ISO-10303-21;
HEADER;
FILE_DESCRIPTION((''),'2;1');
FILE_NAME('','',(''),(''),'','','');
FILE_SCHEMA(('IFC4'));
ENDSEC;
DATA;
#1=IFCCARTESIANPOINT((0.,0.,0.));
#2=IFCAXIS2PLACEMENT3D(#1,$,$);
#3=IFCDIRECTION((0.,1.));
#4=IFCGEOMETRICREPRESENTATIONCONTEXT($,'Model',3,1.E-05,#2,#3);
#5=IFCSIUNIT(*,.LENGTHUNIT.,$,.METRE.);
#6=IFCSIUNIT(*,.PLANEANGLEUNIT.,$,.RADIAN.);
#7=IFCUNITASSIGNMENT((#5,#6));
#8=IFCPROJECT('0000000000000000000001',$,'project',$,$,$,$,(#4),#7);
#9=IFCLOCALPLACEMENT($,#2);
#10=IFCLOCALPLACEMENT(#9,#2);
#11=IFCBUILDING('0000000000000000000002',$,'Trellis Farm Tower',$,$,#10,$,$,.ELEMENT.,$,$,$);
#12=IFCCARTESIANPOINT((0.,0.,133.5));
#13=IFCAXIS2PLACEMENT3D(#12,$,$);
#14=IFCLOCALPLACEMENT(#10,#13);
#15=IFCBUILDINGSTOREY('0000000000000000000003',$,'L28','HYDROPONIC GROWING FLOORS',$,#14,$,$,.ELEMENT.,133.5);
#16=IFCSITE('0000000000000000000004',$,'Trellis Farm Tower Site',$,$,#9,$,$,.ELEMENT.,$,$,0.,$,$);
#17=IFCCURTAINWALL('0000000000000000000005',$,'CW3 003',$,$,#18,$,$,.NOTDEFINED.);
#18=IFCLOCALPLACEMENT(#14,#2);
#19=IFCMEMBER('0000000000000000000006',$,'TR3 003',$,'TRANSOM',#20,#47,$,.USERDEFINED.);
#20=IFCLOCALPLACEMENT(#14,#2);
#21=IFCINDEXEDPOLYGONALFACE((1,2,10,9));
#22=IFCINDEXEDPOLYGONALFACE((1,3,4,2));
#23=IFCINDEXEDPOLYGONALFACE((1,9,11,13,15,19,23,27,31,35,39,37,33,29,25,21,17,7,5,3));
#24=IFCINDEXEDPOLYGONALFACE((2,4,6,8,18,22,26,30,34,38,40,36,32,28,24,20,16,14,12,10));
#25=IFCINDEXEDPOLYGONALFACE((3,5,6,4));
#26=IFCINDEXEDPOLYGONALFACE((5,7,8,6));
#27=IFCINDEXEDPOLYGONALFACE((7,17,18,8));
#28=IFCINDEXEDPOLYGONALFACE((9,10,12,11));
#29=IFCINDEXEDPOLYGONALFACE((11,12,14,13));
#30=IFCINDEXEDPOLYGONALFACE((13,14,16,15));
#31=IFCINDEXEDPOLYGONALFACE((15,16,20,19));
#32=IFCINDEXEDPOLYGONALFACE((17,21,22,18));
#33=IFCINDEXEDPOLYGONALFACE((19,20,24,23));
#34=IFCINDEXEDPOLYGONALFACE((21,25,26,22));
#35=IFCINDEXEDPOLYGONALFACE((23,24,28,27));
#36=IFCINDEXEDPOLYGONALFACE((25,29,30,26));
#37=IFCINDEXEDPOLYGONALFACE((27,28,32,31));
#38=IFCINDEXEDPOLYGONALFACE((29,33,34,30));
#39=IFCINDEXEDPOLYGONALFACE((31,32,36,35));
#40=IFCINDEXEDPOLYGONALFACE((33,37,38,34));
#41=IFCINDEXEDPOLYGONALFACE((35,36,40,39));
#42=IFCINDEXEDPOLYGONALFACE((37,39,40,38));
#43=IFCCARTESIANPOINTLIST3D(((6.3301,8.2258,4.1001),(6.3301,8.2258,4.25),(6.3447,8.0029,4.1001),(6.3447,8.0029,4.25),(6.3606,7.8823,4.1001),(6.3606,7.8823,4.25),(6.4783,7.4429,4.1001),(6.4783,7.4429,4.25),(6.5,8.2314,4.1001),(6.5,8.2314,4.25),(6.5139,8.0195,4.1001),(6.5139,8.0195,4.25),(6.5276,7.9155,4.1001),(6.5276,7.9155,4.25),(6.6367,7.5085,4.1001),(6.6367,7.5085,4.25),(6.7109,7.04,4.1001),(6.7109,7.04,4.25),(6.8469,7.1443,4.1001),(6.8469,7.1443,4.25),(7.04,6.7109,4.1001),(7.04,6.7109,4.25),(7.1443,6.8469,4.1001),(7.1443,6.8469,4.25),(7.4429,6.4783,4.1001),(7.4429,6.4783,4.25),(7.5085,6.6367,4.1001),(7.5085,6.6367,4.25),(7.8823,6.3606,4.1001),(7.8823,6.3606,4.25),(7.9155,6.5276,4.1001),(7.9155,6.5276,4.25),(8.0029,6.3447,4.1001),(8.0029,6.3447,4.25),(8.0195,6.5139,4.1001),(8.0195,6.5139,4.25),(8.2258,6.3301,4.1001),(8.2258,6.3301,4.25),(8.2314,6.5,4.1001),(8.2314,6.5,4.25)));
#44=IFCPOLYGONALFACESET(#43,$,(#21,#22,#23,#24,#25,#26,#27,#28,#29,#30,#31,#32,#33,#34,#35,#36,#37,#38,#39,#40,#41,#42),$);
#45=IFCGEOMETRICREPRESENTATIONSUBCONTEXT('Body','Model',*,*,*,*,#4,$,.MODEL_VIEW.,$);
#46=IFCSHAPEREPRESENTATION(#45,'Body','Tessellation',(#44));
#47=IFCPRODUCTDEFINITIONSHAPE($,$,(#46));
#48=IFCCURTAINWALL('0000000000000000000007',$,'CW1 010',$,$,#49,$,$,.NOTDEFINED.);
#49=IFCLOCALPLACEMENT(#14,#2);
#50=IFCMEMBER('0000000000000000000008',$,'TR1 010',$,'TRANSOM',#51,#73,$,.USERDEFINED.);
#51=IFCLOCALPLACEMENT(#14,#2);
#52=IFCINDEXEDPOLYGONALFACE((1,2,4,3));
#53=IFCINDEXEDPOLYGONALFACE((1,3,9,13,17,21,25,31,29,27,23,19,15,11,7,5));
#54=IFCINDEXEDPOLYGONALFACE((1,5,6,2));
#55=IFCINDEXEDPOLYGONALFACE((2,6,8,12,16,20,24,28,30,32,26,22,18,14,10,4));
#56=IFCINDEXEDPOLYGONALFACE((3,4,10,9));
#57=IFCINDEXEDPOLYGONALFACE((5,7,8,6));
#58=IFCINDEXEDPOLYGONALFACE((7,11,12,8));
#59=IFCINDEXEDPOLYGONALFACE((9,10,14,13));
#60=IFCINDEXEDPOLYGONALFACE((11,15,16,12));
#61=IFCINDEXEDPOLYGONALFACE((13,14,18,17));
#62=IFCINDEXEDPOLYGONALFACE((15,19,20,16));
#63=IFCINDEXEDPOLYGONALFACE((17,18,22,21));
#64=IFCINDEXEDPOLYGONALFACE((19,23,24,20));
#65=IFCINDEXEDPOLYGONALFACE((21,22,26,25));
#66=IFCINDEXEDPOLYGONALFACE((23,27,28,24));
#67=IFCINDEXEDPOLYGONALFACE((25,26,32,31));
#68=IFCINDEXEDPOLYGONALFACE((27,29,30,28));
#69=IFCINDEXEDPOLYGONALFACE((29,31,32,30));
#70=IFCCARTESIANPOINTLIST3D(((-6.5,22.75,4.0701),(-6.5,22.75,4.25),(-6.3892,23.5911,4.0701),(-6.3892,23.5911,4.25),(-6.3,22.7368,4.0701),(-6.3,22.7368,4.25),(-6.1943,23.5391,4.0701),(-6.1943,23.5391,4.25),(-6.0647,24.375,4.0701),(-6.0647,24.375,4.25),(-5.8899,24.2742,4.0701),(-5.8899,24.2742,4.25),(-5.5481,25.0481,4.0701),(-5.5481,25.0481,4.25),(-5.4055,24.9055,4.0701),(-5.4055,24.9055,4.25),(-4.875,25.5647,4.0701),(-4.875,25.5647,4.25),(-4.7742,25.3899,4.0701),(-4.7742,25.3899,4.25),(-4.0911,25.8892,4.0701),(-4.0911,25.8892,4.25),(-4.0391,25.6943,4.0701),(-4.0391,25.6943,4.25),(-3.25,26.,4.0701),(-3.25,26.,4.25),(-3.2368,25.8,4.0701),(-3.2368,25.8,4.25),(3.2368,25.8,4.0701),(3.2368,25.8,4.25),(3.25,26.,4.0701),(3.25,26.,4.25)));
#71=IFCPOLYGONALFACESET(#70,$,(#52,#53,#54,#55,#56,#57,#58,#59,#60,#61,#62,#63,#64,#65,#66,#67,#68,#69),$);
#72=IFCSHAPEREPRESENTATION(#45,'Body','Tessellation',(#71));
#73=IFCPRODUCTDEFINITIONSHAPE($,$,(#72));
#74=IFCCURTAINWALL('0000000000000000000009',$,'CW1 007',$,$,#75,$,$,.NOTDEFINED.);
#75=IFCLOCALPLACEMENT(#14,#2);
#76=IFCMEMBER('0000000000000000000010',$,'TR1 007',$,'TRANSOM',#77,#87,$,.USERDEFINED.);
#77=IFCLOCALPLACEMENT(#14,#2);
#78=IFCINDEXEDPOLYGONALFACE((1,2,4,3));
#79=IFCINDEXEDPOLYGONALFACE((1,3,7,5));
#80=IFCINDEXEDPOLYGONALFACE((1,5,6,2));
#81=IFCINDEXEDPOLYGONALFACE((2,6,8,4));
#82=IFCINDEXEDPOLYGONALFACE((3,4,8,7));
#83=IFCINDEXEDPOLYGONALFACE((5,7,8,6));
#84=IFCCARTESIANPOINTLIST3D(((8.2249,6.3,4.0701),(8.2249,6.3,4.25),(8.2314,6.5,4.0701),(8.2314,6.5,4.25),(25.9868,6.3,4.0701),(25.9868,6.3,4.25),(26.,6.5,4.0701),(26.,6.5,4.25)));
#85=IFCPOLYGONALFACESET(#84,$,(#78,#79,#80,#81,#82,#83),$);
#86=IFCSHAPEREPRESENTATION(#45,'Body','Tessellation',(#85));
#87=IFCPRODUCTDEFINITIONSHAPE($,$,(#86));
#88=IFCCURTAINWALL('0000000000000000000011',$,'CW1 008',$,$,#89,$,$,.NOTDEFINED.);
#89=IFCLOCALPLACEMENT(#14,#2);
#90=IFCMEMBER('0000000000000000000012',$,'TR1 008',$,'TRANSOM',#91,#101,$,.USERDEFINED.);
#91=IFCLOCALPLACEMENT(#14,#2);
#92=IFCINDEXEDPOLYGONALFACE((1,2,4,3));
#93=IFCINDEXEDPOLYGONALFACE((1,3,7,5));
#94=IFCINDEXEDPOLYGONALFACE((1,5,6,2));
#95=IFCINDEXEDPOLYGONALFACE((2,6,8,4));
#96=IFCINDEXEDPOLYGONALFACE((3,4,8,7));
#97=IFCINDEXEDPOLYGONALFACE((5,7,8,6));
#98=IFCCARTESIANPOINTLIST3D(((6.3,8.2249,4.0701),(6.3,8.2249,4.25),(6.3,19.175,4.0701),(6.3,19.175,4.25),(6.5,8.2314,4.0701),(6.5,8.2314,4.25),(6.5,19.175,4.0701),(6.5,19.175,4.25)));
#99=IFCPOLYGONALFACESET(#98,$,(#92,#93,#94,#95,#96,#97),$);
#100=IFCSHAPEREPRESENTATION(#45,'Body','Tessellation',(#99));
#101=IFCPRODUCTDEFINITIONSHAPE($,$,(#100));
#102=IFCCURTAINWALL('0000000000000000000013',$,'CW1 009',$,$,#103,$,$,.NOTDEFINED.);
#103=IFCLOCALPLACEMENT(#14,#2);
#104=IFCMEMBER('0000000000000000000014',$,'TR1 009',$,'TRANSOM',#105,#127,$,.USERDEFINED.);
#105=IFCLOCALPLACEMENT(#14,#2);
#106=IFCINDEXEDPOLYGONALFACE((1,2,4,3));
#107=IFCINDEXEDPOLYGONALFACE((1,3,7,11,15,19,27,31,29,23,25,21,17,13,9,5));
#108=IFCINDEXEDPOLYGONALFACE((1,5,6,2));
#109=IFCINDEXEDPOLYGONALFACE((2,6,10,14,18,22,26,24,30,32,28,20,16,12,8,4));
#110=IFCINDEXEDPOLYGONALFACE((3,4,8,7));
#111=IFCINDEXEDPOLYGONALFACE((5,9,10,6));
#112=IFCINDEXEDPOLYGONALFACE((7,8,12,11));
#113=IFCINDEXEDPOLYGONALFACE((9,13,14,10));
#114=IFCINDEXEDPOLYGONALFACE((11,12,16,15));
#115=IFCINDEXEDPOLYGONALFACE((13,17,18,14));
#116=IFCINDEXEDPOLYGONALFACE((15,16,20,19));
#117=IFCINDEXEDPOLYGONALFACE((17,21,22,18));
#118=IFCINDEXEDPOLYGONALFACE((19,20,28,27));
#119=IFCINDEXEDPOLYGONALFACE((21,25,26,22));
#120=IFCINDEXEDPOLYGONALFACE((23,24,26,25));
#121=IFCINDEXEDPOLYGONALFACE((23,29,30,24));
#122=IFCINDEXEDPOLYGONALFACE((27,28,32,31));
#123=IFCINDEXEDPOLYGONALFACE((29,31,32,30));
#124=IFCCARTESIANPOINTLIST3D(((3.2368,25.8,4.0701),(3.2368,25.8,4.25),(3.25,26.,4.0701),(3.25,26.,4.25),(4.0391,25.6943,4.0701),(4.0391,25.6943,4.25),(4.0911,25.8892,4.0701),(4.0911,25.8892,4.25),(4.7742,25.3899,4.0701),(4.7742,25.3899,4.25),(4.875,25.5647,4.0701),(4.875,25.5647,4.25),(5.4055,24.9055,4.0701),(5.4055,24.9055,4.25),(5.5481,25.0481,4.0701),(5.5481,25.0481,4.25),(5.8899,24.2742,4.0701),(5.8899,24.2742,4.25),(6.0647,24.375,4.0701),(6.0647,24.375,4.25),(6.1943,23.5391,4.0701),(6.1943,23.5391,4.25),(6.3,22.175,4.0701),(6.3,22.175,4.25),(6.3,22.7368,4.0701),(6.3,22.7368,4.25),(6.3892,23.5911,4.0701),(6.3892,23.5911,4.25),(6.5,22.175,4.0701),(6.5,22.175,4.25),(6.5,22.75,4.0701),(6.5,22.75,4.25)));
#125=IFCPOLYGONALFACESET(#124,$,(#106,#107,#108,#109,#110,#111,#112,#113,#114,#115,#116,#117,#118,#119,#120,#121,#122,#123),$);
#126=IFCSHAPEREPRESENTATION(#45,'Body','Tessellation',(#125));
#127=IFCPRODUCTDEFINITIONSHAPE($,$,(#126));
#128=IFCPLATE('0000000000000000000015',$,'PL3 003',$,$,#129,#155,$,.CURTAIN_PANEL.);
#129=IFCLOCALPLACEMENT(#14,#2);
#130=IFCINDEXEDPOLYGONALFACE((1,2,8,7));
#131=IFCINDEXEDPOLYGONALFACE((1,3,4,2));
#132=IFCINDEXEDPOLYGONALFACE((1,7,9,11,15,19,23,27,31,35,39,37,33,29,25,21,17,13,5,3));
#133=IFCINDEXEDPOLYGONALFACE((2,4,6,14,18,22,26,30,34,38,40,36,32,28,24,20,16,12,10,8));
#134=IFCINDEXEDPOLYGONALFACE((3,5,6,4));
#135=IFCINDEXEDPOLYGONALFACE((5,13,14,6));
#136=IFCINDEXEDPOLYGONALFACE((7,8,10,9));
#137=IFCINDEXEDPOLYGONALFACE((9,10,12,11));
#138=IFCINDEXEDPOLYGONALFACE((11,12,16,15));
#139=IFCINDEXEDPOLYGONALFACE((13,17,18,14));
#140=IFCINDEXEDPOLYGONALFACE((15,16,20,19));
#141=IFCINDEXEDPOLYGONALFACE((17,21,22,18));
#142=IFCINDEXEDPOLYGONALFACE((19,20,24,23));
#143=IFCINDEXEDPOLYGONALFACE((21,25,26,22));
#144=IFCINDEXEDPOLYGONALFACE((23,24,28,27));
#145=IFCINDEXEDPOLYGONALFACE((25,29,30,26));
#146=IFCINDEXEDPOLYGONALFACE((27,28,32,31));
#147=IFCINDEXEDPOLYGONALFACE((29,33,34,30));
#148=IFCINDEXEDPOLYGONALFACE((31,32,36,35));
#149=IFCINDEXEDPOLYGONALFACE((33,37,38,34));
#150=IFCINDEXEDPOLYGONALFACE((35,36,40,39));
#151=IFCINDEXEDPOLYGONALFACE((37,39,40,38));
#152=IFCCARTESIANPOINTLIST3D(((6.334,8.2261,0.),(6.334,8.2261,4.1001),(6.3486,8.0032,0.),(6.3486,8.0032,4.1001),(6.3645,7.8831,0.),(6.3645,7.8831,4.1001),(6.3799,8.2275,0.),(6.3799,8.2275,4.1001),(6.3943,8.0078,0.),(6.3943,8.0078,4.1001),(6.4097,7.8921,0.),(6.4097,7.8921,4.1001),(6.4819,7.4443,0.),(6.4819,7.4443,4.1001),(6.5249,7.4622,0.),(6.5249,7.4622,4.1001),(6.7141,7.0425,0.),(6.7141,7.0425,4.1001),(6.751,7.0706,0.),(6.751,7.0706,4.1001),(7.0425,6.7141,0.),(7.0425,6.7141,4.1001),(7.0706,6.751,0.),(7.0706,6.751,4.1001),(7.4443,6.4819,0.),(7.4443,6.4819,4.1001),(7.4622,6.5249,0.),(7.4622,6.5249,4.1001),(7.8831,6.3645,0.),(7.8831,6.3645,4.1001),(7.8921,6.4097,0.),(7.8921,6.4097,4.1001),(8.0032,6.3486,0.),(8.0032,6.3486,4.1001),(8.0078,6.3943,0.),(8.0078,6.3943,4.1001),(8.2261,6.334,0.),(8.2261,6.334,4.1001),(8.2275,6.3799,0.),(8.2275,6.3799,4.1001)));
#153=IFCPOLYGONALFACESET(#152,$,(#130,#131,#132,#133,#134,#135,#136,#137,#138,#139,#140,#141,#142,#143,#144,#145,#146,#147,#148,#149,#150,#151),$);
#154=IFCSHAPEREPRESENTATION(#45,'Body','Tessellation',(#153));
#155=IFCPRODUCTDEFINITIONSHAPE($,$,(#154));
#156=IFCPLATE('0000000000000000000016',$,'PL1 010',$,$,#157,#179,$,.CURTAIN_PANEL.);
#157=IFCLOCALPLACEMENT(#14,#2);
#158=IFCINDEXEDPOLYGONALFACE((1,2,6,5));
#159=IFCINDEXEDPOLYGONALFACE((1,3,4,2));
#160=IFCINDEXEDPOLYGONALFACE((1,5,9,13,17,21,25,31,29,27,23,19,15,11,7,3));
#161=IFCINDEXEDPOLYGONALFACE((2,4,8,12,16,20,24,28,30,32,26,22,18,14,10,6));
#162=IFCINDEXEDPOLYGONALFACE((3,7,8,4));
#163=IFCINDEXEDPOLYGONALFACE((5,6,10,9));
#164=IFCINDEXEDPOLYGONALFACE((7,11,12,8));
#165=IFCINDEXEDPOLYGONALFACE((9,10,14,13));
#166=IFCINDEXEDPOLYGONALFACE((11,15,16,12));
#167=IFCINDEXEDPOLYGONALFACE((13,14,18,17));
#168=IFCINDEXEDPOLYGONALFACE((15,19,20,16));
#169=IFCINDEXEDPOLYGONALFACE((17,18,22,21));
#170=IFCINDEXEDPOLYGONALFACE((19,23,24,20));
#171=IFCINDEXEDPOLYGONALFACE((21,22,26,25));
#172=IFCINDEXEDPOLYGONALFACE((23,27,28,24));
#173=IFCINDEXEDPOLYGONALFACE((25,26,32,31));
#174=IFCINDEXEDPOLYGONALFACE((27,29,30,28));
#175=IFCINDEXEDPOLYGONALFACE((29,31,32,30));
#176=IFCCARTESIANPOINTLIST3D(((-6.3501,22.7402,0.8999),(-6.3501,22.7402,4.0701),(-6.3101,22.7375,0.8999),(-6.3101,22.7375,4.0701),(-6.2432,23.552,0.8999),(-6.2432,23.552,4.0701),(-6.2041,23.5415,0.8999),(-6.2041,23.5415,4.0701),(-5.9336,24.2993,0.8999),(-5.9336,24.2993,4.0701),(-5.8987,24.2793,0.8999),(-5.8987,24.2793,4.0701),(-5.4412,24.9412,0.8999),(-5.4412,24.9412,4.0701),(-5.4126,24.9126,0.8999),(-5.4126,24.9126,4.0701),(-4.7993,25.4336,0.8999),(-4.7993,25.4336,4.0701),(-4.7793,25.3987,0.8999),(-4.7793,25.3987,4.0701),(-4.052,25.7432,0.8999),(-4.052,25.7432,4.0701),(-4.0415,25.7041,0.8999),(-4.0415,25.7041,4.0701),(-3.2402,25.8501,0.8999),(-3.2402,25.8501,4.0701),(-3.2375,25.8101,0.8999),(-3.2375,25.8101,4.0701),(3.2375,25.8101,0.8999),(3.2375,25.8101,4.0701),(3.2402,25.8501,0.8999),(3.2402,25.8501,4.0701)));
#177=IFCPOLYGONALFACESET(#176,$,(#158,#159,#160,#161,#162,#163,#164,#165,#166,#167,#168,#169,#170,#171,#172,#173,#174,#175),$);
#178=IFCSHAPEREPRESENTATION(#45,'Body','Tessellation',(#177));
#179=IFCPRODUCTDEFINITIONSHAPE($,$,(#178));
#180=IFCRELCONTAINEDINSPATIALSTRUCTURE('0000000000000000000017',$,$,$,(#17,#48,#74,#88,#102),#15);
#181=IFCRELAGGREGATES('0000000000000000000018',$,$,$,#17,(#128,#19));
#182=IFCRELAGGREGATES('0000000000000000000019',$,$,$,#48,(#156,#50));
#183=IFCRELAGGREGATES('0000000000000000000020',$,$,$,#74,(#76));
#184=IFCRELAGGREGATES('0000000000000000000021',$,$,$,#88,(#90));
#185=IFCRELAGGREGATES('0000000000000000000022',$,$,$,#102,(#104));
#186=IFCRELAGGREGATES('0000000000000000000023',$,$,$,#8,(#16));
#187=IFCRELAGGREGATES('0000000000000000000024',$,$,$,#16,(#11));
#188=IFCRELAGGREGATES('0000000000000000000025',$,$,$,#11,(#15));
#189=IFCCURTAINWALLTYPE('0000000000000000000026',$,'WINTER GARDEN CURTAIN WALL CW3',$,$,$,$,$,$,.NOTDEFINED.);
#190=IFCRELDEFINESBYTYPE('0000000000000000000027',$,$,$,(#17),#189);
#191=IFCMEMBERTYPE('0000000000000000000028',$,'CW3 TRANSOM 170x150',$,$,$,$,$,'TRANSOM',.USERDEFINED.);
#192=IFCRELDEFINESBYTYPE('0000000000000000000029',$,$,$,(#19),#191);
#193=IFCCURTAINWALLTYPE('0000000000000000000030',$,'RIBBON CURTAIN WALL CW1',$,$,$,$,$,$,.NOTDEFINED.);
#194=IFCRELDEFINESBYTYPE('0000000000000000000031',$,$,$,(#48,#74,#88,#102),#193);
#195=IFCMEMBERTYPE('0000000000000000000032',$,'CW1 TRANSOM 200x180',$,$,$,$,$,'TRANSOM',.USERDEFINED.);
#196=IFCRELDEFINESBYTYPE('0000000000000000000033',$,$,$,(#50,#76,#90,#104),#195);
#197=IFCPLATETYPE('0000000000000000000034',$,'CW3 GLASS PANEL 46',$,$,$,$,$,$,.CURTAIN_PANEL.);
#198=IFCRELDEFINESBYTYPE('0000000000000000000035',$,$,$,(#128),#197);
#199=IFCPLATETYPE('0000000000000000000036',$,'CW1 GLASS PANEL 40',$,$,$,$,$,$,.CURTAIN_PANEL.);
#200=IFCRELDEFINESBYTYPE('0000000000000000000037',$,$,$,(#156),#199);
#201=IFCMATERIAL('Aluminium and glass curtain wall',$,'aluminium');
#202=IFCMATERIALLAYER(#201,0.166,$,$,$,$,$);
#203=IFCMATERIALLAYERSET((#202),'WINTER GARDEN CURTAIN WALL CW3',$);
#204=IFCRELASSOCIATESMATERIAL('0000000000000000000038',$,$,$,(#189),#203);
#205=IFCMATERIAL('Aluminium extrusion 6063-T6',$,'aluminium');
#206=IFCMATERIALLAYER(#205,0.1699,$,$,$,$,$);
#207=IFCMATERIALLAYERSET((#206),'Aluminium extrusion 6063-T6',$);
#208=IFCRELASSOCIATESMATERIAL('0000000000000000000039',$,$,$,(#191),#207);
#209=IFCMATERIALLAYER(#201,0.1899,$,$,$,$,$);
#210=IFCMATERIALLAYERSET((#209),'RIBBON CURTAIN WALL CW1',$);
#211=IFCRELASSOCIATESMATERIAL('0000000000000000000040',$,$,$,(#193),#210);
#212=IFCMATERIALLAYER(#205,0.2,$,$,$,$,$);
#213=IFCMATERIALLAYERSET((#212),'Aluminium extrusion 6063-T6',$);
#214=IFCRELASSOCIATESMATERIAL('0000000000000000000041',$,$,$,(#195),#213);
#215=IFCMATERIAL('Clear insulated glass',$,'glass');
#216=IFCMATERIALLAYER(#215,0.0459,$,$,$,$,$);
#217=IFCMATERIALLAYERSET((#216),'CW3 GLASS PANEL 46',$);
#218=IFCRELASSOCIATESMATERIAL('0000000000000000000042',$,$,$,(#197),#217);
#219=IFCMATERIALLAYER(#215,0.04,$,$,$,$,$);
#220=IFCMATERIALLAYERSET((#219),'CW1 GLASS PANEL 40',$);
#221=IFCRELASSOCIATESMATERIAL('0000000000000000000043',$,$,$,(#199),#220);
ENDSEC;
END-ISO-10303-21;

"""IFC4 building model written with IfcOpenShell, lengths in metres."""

from ifc_helpers import new_model, si_unit, direction, frame, origin, place, context, subcontext, project, spatial, polyline, outline, extrude, source, transform, mapped, material, layer, layer_set, type_object, element, aggregate, save


model = new_model("IFC4")

# Units and contexts
model_context = context("Model", 3, precision=1e-05, world=origin(), true_north=direction((0.0, 1.0)))
body_context = subcontext(model_context, "Body", "Model", "MODEL_VIEW")
ifc_project = project(units=[si_unit("LENGTHUNIT", "METRE"), si_unit("PLANEANGLEUNIT", "RADIAN")], contexts=[model_context])

# Site, building, storey
site_placement = place(None, origin())
site = spatial("IfcSite", under=ifc_project, at=site_placement, Name="Trellis Farm Tower Site", CompositionType="ELEMENT", RefElevation=0.0)
building_placement = place(site_placement, origin())
building = spatial("IfcBuilding", under=site, at=building_placement, Name="Trellis Farm Tower", CompositionType="ELEMENT")
storey_placement = place(building_placement, frame((0.0, 0.0, 133.5)))
storey = spatial("IfcBuildingStorey", under=building, at=storey_placement, Name="L28", Description="HYDROPONIC GROWING FLOORS", CompositionType="ELEMENT", Elevation=133.5)

# Curtain walls, members
ifc_material_1 = material(Name="Aluminium and glass curtain wall", Category="aluminium")
ifc_layer_1 = layer(ifc_material_1, 0.166)
ifc_layer_set_1 = layer_set([ifc_layer_1], Name="WINTER GARDEN CURTAIN WALL CW3")
curtain_wall_type_1 = type_object("IfcCurtainWallType", Name="WINTER GARDEN CURTAIN WALL CW3", PredefinedType="NOTDEFINED", material=ifc_layer_set_1)
placement_1 = place(storey_placement, origin())
curtain_wall_1 = element("IfcCurtainWall", 1, at=placement_1, inside=storey, type_object=curtain_wall_type_1, Name="CW3 003", PredefinedType="NOTDEFINED")
ifc_material_2 = material(Name="Aluminium extrusion 6063-T6", Category="aluminium")
ifc_layer_2 = layer(ifc_material_2, 0.1699)
ifc_layer_set_2 = layer_set([ifc_layer_2], Name="Aluminium extrusion 6063-T6")
member_type_1 = type_object("IfcMemberType", Name="CW3 TRANSOM 170x150", ElementType="TRANSOM", PredefinedType="USERDEFINED", material=ifc_layer_set_2)
shared_shape_1 = source(origin(), body_context, "Body", "SweptSolid", [
    extrude(outline(polyline([(8.2314, 6.5), (8.0195, 6.5139), (7.9155, 6.5276), (7.5085, 6.6367), (7.1443, 6.8469), (6.8469, 7.1443), (6.6367, 7.5085), (6.5276, 7.9155), (6.5139, 8.0195), (6.5, 8.2314), (6.3301, 8.2258), (6.3447, 8.0029), (6.3606, 7.8823), (6.4783, 7.4429), (6.7109, 7.04), (7.04, 6.7109), (7.4429, 6.4783), (7.8823, 6.3606), (8.0029, 6.3447), (8.2258, 6.3301), (8.2314, 6.5)])), origin(), (0.0, 0.0, 1.0), 0.1499),
])
member_1_placement = place(storey_placement, frame((0.0, 0.0, 4.1001)))
member_1 = element("IfcMember", 2, at=member_1_placement, type_object=member_type_1, Name="TR3 003", ObjectType="TRANSOM", PredefinedType="USERDEFINED", context=body_context, shape_type="MappedRepresentation", body=[
    mapped(shared_shape_1, transform((0.0, 0.0, 0.0))),
])
ifc_layer_3 = layer(ifc_material_1, 0.1899)
ifc_layer_set_3 = layer_set([ifc_layer_3], Name="RIBBON CURTAIN WALL CW1")
curtain_wall_type_2 = type_object("IfcCurtainWallType", Name="RIBBON CURTAIN WALL CW1", PredefinedType="NOTDEFINED", material=ifc_layer_set_3)
curtain_wall_2 = element("IfcCurtainWall", 3, at=placement_1, inside=storey, type_object=curtain_wall_type_2, Name="CW1 010", PredefinedType="NOTDEFINED")
ifc_layer_4 = layer(ifc_material_2, 0.2)
ifc_layer_set_4 = layer_set([ifc_layer_4], Name="Aluminium extrusion 6063-T6")
member_type_2 = type_object("IfcMemberType", Name="CW1 TRANSOM 200x180", ElementType="TRANSOM", PredefinedType="USERDEFINED", material=ifc_layer_set_4)
shared_shape_2 = source(origin(), body_context, "Body", "SweptSolid", [
    extrude(outline(polyline([(3.25, 26.0), (-3.25, 26.0), (-4.0911, 25.8892), (-4.875, 25.5647), (-5.5481, 25.0481), (-6.0647, 24.375), (-6.3892, 23.5911), (-6.5, 22.75), (-6.3, 22.7368), (-6.1943, 23.5391), (-5.8899, 24.2742), (-5.4055, 24.9055), (-4.7742, 25.3899), (-4.0391, 25.6943), (-3.2368, 25.8), (3.2368, 25.8), (3.25, 26.0)])), origin(), (0.0, 0.0, 1.0), 0.1799),
])
placement_2 = place(storey_placement, frame((0.0, 0.0, 4.0701)))
member_2 = element("IfcMember", 4, at=placement_2, type_object=member_type_2, Name="TR1 010", ObjectType="TRANSOM", PredefinedType="USERDEFINED", context=body_context, shape_type="MappedRepresentation", body=[
    mapped(shared_shape_2, transform((0.0, 0.0, 0.0))),
])
curtain_wall_3 = element("IfcCurtainWall", 5, at=placement_1, inside=storey, type_object=curtain_wall_type_2, Name="CW1 007", PredefinedType="NOTDEFINED")
shared_shape_3 = source(origin(), body_context, "Body", "SweptSolid", [
    extrude(outline(polyline([(26.0, 6.5), (8.2314, 6.5), (8.2249, 6.3), (25.9868, 6.3), (26.0, 6.5)])), origin(), (0.0, 0.0, 1.0), 0.1799),
])
member_3 = element("IfcMember", 6, at=placement_2, type_object=member_type_2, Name="TR1 007", ObjectType="TRANSOM", PredefinedType="USERDEFINED", context=body_context, shape_type="MappedRepresentation", body=[
    mapped(shared_shape_3, transform((0.0, 0.0, 0.0))),
])
curtain_wall_4 = element("IfcCurtainWall", 7, at=placement_1, inside=storey, type_object=curtain_wall_type_2, Name="CW1 008", PredefinedType="NOTDEFINED")
shared_shape_4 = source(origin(), body_context, "Body", "SweptSolid", [
    extrude(outline(polyline([(6.5, 8.2314), (6.5, 19.175), (6.3, 19.175), (6.3, 8.2249), (6.5, 8.2314)])), origin(), (0.0, 0.0, 1.0), 0.1799),
])
member_4 = element("IfcMember", 8, at=placement_2, type_object=member_type_2, Name="TR1 008", ObjectType="TRANSOM", PredefinedType="USERDEFINED", context=body_context, shape_type="MappedRepresentation", body=[
    mapped(shared_shape_4, transform((0.0, 0.0, 0.0))),
])
curtain_wall_5 = element("IfcCurtainWall", 9, at=placement_1, inside=storey, type_object=curtain_wall_type_2, Name="CW1 009", PredefinedType="NOTDEFINED")
shared_shape_5 = source(origin(), body_context, "Body", "SweptSolid", [
    extrude(outline(polyline([(6.5, 22.175), (6.5, 22.75), (6.3892, 23.5911), (6.0647, 24.375), (5.5481, 25.0481), (4.875, 25.5647), (4.0911, 25.8892), (3.25, 26.0), (3.2368, 25.8), (4.0391, 25.6943), (4.7742, 25.3899), (5.4055, 24.9055), (5.8899, 24.2742), (6.1943, 23.5391), (6.3, 22.7368), (6.3, 22.175), (6.5, 22.175)])), origin(), (0.0, 0.0, 1.0), 0.1799),
])
member_5 = element("IfcMember", 10, at=placement_2, type_object=member_type_2, Name="TR1 009", ObjectType="TRANSOM", PredefinedType="USERDEFINED", context=body_context, shape_type="MappedRepresentation", body=[
    mapped(shared_shape_5, transform((0.0, 0.0, 0.0))),
])

# Plates
ifc_material_3 = material(Name="Clear insulated glass", Category="glass")
ifc_layer_5 = layer(ifc_material_3, 0.0459)
ifc_layer_set_5 = layer_set([ifc_layer_5], Name="CW3 GLASS PANEL 46")
plate_type_1 = type_object("IfcPlateType", Name="CW3 GLASS PANEL 46", PredefinedType="CURTAIN_PANEL", material=ifc_layer_set_5)
shared_shape_6 = source(origin(), body_context, "Body", "SweptSolid", [
    extrude(outline(polyline([(8.2275, 6.3799), (8.0078, 6.3943), (7.8921, 6.4097), (7.4622, 6.5249), (7.0706, 6.751), (6.751, 7.0706), (6.5249, 7.4622), (6.4097, 7.8921), (6.3943, 8.0078), (6.3799, 8.2275), (6.334, 8.2261), (6.3486, 8.0032), (6.3645, 7.8831), (6.4819, 7.4443), (6.7141, 7.0425), (7.0425, 6.7141), (7.4443, 6.4819), (7.8831, 6.3645), (8.0032, 6.3486), (8.2261, 6.334), (8.2275, 6.3799)])), origin(), (0.0, 0.0, 1.0), 4.1001),
])
plate_1 = element("IfcPlate", 11, at=placement_1, type_object=plate_type_1, Name="PL3 003", PredefinedType="CURTAIN_PANEL", context=body_context, shape_type="MappedRepresentation", body=[
    mapped(shared_shape_6, transform((0.0, 0.0, 0.0))),
])
aggregate(curtain_wall_1, [plate_1, member_1])
ifc_layer_6 = layer(ifc_material_3, 0.04)
ifc_layer_set_6 = layer_set([ifc_layer_6], Name="CW1 GLASS PANEL 40")
plate_type_2 = type_object("IfcPlateType", Name="CW1 GLASS PANEL 40", PredefinedType="CURTAIN_PANEL", material=ifc_layer_set_6)
shared_shape_7 = source(origin(), body_context, "Body", "SweptSolid", [
    extrude(outline(polyline([(3.2402, 25.8501), (-3.2402, 25.8501), (-4.052, 25.7432), (-4.7993, 25.4336), (-5.4412, 24.9412), (-5.9336, 24.2993), (-6.2432, 23.552), (-6.3501, 22.7402), (-6.3101, 22.7375), (-6.2041, 23.5415), (-5.8987, 24.2793), (-5.4126, 24.9126), (-4.7793, 25.3987), (-4.0415, 25.7041), (-3.2375, 25.8101), (3.2375, 25.8101), (3.2402, 25.8501)])), origin(), (0.0, 0.0, 1.0), 3.1702),
])
placement_3 = place(storey_placement, frame((0.0, 0.0, 0.8999)))
plate_2 = element("IfcPlate", 12, at=placement_3, type_object=plate_type_2, Name="PL1 010", PredefinedType="CURTAIN_PANEL", context=body_context, shape_type="MappedRepresentation", body=[
    mapped(shared_shape_7, transform((0.0, 0.0, 0.0))),
])
aggregate(curtain_wall_2, [plate_2, member_2])
aggregate(curtain_wall_3, [member_3])
aggregate(curtain_wall_4, [member_4])
aggregate(curtain_wall_5, [member_5])

save(model, "model.ifc")
